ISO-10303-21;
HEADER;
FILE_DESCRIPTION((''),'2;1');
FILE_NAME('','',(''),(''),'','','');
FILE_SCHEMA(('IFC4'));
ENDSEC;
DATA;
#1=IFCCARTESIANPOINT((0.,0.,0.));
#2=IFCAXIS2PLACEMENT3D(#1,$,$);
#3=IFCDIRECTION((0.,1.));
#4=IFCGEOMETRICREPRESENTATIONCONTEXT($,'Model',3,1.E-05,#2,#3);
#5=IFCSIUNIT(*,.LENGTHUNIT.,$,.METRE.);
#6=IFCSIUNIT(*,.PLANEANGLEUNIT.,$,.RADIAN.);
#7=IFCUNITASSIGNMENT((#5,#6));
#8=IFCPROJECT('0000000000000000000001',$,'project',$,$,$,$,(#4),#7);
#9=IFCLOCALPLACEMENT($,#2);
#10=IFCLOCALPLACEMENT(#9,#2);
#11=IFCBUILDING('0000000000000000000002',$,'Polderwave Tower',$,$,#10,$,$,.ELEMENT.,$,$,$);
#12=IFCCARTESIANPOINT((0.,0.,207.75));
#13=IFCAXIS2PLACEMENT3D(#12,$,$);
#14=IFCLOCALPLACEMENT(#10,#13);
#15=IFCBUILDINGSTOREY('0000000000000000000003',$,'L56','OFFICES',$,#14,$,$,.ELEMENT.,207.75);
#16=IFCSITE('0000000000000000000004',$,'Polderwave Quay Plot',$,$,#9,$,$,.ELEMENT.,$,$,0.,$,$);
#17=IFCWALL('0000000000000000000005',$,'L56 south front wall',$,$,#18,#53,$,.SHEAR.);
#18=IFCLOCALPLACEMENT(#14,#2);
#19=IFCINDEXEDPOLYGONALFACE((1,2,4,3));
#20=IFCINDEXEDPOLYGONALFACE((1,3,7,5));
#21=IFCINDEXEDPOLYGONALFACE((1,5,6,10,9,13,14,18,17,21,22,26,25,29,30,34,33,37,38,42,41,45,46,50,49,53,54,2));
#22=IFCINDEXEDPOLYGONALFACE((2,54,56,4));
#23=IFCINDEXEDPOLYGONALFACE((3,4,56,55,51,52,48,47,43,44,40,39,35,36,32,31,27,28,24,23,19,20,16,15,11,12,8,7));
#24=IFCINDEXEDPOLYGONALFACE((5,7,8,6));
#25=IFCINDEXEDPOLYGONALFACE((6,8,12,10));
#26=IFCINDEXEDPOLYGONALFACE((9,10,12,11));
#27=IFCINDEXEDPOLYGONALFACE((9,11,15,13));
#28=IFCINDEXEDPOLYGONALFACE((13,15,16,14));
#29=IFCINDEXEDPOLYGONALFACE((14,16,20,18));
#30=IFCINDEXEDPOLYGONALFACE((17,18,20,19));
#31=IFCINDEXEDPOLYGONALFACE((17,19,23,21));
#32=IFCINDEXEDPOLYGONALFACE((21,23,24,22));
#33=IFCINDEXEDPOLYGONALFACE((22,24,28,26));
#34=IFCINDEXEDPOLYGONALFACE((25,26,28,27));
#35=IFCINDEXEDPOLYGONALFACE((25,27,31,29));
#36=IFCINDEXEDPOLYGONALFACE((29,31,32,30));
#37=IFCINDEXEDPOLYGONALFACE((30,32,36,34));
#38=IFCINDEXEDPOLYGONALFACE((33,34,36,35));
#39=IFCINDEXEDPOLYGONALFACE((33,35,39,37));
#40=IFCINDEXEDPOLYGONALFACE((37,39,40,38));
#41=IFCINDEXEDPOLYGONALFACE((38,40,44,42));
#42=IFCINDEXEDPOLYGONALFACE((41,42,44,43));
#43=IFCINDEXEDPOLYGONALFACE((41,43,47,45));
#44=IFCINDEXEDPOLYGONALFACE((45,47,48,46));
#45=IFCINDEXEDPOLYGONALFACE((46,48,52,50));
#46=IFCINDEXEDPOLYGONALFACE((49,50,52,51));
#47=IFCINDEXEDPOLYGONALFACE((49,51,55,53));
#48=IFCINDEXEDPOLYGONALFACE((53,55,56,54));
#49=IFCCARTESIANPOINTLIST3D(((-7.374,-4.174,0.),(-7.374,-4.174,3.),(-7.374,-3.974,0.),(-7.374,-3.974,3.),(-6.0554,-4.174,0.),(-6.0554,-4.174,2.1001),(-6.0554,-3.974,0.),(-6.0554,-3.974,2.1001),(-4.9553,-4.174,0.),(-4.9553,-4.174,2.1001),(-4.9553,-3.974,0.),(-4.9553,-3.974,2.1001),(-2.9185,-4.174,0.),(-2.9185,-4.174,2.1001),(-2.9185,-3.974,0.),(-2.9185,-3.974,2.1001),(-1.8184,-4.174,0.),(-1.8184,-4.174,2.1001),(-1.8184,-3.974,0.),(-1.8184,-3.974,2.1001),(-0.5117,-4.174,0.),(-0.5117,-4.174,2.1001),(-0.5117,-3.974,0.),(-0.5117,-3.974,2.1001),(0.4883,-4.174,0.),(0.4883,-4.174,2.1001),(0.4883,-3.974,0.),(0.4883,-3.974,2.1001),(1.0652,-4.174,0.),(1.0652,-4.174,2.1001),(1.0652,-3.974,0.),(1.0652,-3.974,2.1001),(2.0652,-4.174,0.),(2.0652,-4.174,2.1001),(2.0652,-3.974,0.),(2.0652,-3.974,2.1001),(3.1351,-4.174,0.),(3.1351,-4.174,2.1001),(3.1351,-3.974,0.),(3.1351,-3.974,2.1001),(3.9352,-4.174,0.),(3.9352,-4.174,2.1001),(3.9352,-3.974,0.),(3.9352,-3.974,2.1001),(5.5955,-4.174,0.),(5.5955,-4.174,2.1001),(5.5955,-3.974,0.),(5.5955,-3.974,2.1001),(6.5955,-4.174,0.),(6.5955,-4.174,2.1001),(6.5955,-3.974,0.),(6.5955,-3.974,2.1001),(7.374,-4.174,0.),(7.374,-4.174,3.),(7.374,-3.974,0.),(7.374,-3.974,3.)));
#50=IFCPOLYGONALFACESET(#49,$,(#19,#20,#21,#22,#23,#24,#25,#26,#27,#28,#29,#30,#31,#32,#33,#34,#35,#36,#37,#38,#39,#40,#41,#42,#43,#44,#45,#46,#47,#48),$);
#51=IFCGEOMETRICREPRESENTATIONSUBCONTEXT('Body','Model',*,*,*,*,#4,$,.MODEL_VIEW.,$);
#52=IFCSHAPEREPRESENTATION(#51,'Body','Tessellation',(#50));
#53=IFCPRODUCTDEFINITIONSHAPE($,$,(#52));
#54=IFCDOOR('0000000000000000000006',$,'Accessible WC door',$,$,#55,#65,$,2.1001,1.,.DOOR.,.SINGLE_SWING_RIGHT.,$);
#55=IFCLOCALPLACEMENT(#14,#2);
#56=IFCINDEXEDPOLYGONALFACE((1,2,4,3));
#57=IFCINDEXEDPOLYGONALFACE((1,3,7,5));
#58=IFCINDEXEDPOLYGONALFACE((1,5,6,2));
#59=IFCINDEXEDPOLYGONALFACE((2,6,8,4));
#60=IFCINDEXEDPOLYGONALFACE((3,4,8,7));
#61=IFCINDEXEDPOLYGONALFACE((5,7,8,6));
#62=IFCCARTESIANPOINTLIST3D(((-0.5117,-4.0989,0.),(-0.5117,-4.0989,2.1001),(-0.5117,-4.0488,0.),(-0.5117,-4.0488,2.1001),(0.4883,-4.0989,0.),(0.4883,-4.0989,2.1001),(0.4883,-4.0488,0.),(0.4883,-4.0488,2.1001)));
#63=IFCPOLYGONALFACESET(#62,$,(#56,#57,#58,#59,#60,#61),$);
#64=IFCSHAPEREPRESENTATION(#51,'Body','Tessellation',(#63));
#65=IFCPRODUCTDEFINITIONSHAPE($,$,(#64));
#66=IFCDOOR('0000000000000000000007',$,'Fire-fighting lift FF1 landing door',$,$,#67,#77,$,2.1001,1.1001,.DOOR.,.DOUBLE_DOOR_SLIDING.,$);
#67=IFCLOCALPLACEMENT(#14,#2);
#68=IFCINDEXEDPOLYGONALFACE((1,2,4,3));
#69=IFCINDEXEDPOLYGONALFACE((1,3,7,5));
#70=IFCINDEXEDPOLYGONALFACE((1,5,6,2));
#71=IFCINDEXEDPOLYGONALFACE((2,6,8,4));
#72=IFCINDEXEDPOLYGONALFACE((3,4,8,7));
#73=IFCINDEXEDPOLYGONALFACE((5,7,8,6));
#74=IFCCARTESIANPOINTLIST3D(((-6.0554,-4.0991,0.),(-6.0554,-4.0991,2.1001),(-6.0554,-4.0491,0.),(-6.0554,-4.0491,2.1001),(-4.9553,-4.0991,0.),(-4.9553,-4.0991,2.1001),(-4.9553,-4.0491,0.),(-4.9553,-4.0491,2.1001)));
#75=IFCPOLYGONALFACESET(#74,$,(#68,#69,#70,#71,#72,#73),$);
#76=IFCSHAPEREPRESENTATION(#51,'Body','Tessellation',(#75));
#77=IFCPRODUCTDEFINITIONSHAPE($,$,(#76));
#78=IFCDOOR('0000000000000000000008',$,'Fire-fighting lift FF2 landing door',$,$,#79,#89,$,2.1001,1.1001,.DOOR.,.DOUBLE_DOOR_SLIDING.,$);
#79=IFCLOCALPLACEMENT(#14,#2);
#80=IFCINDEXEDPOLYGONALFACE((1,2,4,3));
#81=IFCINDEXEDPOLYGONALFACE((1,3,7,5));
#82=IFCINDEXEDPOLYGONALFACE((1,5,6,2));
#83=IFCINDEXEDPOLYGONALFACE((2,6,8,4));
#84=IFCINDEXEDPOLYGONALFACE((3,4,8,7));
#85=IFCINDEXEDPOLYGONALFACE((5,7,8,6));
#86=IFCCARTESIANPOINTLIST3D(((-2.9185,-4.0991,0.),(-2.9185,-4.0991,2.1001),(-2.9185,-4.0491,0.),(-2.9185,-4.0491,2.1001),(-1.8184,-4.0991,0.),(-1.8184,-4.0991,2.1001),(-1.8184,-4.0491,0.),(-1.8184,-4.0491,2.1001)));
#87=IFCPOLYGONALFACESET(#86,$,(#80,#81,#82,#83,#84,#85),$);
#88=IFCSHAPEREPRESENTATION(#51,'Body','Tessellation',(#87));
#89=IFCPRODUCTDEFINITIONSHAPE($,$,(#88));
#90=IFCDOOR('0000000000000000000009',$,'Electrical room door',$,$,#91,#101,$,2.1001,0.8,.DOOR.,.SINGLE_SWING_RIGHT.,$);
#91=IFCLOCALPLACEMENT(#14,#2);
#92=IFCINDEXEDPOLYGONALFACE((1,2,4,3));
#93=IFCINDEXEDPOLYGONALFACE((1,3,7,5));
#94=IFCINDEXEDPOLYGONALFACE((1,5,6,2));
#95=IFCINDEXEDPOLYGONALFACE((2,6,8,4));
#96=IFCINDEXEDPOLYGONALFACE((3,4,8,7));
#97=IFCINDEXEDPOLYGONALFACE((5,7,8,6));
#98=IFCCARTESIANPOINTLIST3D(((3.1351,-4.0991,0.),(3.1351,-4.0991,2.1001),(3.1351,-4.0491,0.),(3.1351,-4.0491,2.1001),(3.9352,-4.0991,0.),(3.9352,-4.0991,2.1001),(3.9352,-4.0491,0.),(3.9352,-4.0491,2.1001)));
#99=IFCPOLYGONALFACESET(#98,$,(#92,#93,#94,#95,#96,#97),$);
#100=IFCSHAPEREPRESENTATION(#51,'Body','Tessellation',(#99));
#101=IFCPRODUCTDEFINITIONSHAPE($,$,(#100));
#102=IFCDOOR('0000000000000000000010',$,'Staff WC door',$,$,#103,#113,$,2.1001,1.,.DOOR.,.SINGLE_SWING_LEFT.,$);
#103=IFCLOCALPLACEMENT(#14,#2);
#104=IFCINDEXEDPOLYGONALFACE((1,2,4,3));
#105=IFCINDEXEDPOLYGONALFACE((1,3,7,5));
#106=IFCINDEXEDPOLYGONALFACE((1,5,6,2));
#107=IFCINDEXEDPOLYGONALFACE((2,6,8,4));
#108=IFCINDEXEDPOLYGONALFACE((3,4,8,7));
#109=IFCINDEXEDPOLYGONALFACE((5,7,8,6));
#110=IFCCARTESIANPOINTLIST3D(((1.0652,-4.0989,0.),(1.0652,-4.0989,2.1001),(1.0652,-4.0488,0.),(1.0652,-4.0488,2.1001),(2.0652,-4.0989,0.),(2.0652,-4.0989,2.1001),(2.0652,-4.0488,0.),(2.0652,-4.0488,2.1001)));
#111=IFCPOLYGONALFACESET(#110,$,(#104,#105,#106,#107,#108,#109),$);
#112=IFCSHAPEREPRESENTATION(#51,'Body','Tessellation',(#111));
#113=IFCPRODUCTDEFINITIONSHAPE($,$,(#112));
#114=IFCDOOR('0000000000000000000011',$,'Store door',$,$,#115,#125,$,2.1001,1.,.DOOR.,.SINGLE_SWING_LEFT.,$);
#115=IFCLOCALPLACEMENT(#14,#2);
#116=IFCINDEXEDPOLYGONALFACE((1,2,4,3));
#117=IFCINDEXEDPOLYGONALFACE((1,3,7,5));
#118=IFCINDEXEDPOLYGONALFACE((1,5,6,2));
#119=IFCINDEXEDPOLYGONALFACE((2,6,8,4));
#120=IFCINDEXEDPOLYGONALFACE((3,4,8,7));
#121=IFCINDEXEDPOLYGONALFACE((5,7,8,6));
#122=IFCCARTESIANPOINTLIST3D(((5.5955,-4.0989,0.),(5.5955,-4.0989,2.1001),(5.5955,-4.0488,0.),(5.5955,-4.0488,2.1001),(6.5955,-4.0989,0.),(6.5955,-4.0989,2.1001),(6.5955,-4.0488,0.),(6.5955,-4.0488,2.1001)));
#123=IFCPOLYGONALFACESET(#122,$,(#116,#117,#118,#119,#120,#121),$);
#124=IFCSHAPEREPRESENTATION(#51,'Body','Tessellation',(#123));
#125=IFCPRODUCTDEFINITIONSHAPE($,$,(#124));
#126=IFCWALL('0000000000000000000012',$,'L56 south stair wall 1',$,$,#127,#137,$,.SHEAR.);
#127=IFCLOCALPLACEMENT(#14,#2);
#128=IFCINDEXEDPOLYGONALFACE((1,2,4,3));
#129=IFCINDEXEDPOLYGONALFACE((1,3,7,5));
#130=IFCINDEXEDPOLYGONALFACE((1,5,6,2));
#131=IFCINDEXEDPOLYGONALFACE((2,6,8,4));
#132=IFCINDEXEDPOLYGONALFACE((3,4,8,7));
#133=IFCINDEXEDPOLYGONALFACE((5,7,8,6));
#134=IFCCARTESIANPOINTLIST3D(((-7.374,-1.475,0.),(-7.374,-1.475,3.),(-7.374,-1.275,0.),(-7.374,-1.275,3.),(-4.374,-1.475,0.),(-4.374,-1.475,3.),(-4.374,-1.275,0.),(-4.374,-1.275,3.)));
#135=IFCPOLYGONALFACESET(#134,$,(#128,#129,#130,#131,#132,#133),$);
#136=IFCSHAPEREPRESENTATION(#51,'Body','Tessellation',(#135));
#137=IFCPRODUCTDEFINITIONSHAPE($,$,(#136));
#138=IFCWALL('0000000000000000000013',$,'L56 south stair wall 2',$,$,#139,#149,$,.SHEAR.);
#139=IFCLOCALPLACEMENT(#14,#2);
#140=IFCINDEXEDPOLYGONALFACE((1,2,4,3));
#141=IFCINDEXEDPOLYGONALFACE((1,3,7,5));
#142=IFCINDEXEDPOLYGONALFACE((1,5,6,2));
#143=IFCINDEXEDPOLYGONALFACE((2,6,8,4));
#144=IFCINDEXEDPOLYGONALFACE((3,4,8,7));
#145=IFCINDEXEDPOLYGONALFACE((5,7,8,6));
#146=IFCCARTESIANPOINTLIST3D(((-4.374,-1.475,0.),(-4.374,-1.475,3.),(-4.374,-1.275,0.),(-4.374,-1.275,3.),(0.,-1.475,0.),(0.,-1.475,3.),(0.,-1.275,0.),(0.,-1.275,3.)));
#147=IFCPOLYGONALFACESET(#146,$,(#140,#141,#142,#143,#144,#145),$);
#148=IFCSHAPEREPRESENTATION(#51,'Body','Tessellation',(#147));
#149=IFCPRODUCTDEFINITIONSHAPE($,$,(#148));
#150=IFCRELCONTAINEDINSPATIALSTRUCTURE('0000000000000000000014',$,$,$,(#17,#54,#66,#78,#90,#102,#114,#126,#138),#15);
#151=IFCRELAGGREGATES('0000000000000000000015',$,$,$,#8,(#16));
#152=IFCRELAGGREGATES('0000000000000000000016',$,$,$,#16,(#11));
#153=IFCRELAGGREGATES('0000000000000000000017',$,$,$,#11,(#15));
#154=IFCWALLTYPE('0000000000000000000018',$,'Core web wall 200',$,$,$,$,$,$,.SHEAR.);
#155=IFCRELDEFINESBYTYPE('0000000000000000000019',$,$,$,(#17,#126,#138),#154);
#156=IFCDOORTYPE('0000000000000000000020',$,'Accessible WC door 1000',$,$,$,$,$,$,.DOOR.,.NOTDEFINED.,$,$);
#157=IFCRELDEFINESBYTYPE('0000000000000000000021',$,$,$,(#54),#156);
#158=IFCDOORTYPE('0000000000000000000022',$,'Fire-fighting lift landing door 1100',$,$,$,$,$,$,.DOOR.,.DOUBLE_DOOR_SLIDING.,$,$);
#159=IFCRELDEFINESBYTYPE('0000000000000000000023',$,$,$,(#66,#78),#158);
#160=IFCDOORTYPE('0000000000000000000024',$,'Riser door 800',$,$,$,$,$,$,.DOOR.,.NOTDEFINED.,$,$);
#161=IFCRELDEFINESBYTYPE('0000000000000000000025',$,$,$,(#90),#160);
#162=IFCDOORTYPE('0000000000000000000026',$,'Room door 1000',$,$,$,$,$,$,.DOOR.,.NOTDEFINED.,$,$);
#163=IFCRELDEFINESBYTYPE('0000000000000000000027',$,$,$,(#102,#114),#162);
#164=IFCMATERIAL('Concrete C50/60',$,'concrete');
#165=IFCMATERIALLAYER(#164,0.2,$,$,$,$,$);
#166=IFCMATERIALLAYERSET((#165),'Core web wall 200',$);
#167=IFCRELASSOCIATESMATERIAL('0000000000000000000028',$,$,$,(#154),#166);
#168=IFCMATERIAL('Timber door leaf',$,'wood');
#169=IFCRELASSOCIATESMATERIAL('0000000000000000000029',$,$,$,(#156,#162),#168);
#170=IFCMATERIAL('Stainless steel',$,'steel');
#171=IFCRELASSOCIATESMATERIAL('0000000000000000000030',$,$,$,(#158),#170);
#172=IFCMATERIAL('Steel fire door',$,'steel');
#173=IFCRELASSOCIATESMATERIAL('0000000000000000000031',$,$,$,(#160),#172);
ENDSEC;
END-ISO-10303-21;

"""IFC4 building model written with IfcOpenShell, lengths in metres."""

from ifc_helpers import new_model, si_unit, direction, frame, frame_2d, origin, place, context, subcontext, project, spatial, rectangle, extrude, material, layer, layer_set, type_object, element, fill, save


model = new_model("IFC4")

# Units and contexts
model_context = context("Model", 3, precision=1e-05, world=origin(), true_north=direction((0.0, 1.0)))
body_context = subcontext(model_context, "Body", "Model", "MODEL_VIEW")
ifc_project = project(units=[si_unit("LENGTHUNIT", "METRE"), si_unit("PLANEANGLEUNIT", "RADIAN")], contexts=[model_context])

# Site, building, storey
site_placement = place(None, origin())
site = spatial("IfcSite", under=ifc_project, at=site_placement, Name="Polderwave Quay Plot", CompositionType="ELEMENT", RefElevation=0.0)
building_placement = place(site_placement, origin())
building = spatial("IfcBuilding", under=site, at=building_placement, Name="Polderwave Tower", CompositionType="ELEMENT")
storey_placement = place(building_placement, frame((0.0, 0.0, 207.75)))
storey = spatial("IfcBuildingStorey", under=building, at=storey_placement, Name="L56", Description="OFFICES", CompositionType="ELEMENT", Elevation=207.75)

# Wall, openings, doors
ifc_material_1 = material(Name="Steel fire door", Category="steel")
ifc_material_2 = material(Name="Concrete C50/60", Category="concrete")
ifc_layer_1 = layer(ifc_material_2, 0.2)
ifc_layer_set_1 = layer_set([ifc_layer_1], Name="Core web wall 200")
wall_type_1 = type_object("IfcWallType", Name="Core web wall 200", PredefinedType="SHEAR", material=ifc_layer_set_1)
wall_1_placement = place(storey_placement, frame((-7.374, -4.074, 0.0), z_axis=(0.0, 0.0, 1.0), x_axis=(1.0, 0.0, 0.0)))
wall_1 = element("IfcWall", 1, at=wall_1_placement, inside=storey, type_object=wall_type_1, Name="L56 south front wall", PredefinedType="SHEAR", context=body_context, shape_type="SweptSolid", body=[
    extrude(rectangle(XDim=14.748, YDim=0.2, at=frame_2d((7.374, 0.0))), origin(), (0.0, 0.0, 1.0), 3.0),
])
opening_1_placement = place(wall_1_placement, frame((1.3186, 0.0, 0.0)))
opening_1 = element("IfcOpeningElement", 2, at=opening_1_placement, cuts=wall_1, PredefinedType="OPENING", context=body_context, shape_type="SweptSolid", body=[
    extrude(rectangle(XDim=1.1001, YDim=2.1001, at=frame_2d((0.55, 1.05))), frame((0.0, 0.1099, 0.0), z_axis=(0.0, -1.0, 0.0), x_axis=(1.0, 0.0, 0.0)), (0.0, 0.0, 1.0), 0.22),
])
opening_2_placement = place(wall_1_placement, frame((4.4556, 0.0, 0.0)))
opening_2 = element("IfcOpeningElement", 3, at=opening_2_placement, cuts=wall_1, PredefinedType="OPENING", context=body_context, shape_type="SweptSolid", body=[
    extrude(rectangle(XDim=1.1001, YDim=2.1001, at=frame_2d((0.55, 1.05))), frame((0.0, 0.1099, 0.0), z_axis=(0.0, -1.0, 0.0), x_axis=(1.0, 0.0, 0.0)), (0.0, 0.0, 1.0), 0.22),
])
opening_3_placement = place(wall_1_placement, frame((6.8623, 0.0, 0.0)))
opening_3 = element("IfcOpeningElement", 4, at=opening_3_placement, cuts=wall_1, PredefinedType="OPENING", context=body_context, shape_type="SweptSolid", body=[
    extrude(rectangle(XDim=1.0, YDim=2.1001, at=frame_2d((0.5, 1.05))), frame((0.0, 0.1099, 0.0), z_axis=(0.0, -1.0, 0.0), x_axis=(1.0, 0.0, 0.0)), (0.0, 0.0, 1.0), 0.22),
])
opening_4_placement = place(wall_1_placement, frame((8.4392, 0.0, 0.0)))
opening_4 = element("IfcOpeningElement", 5, at=opening_4_placement, cuts=wall_1, PredefinedType="OPENING", context=body_context, shape_type="SweptSolid", body=[
    extrude(rectangle(XDim=1.0, YDim=2.1001, at=frame_2d((0.5, 1.05))), frame((0.0, 0.1099, 0.0), z_axis=(0.0, -1.0, 0.0), x_axis=(1.0, 0.0, 0.0)), (0.0, 0.0, 1.0), 0.22),
])
opening_5_placement = place(wall_1_placement, frame((10.5093, 0.0, 0.0)))
opening_5 = element("IfcOpeningElement", 6, at=opening_5_placement, cuts=wall_1, PredefinedType="OPENING", context=body_context, shape_type="SweptSolid", body=[
    extrude(rectangle(XDim=0.8, YDim=2.1001, at=frame_2d((0.3999, 1.05))), frame((0.0, 0.1099, 0.0), z_axis=(0.0, -1.0, 0.0), x_axis=(1.0, 0.0, 0.0)), (0.0, 0.0, 1.0), 0.22),
])
opening_6_placement = place(wall_1_placement, frame((12.9695, 0.0, 0.0)))
opening_6 = element("IfcOpeningElement", 7, at=opening_6_placement, cuts=wall_1, PredefinedType="OPENING", context=body_context, shape_type="SweptSolid", body=[
    extrude(rectangle(XDim=1.0, YDim=2.1001, at=frame_2d((0.5, 1.05))), frame((0.0, 0.1099, 0.0), z_axis=(0.0, -1.0, 0.0), x_axis=(1.0, 0.0, 0.0)), (0.0, 0.0, 1.0), 0.22),
])
ifc_material_3 = material(Name="Timber door leaf", Category="wood")
door_type_1 = type_object("IfcDoorType", Name="Accessible WC door 1000", OperationType="NOTDEFINED", PredefinedType="DOOR", material=ifc_material_3)
door_1_placement = place(opening_3_placement, frame((1.0, 0.0, 0.0), z_axis=(0.0, 0.0, 1.0), x_axis=(-1.0, 0.0, 0.0)))
door_1 = element("IfcDoor", 8, at=door_1_placement, inside=storey, type_object=door_type_1, Name="Accessible WC door", OperationType="SINGLE_SWING_RIGHT", OverallHeight=2.1001, OverallWidth=1.0, PredefinedType="DOOR", context=body_context, shape_type="SweptSolid", body=[
    extrude(rectangle(XDim=1.0, YDim=2.1001, at=frame_2d((0.5, 1.05))), frame((0.0, 0.0249, 0.0), z_axis=(0.0, -1.0, 0.0), x_axis=(1.0, 0.0, 0.0)), (0.0, 0.0, 1.0), 0.05),
])
fill(opening_3, door_1)
ifc_material_4 = material(Name="Stainless steel", Category="steel")
door_type_2 = type_object("IfcDoorType", Name="Fire-fighting lift landing door 1100", OperationType="DOUBLE_DOOR_SLIDING", PredefinedType="DOOR", material=ifc_material_4)
door_2_placement = place(opening_1_placement, origin())
door_2 = element("IfcDoor", 9, at=door_2_placement, inside=storey, type_object=door_type_2, Name="Fire-fighting lift FF1 landing door", OperationType="DOUBLE_DOOR_SLIDING", OverallHeight=2.1001, OverallWidth=1.1001, PredefinedType="DOOR", context=body_context, shape_type="SweptSolid", body=[
    extrude(rectangle(XDim=1.1001, YDim=2.1001, at=frame_2d((0.55, 1.05))), frame((0.0, 0.0249, 0.0), z_axis=(0.0, -1.0, 0.0), x_axis=(1.0, 0.0, 0.0)), (0.0, 0.0, 1.0), 0.05),
])
fill(opening_1, door_2)
door_3_placement = place(opening_2_placement, origin())
door_3 = element("IfcDoor", 10, at=door_3_placement, inside=storey, type_object=door_type_2, Name="Fire-fighting lift FF2 landing door", OperationType="DOUBLE_DOOR_SLIDING", OverallHeight=2.1001, OverallWidth=1.1001, PredefinedType="DOOR", context=body_context, shape_type="SweptSolid", body=[
    extrude(rectangle(XDim=1.1001, YDim=2.1001, at=frame_2d((0.55, 1.05))), frame((0.0, 0.0249, 0.0), z_axis=(0.0, -1.0, 0.0), x_axis=(1.0, 0.0, 0.0)), (0.0, 0.0, 1.0), 0.05),
])
fill(opening_2, door_3)
door_type_3 = type_object("IfcDoorType", Name="Riser door 800", OperationType="NOTDEFINED", PredefinedType="DOOR", material=ifc_material_1)
door_4_placement = place(opening_5_placement, origin())
door_4 = element("IfcDoor", 11, at=door_4_placement, inside=storey, type_object=door_type_3, Name="Electrical room door", OperationType="SINGLE_SWING_RIGHT", OverallHeight=2.1001, OverallWidth=0.8, PredefinedType="DOOR", context=body_context, shape_type="SweptSolid", body=[
    extrude(rectangle(XDim=0.8, YDim=2.1001, at=frame_2d((0.3999, 1.05))), frame((0.0, 0.0249, 0.0), z_axis=(0.0, -1.0, 0.0), x_axis=(1.0, 0.0, 0.0)), (0.0, 0.0, 1.0), 0.05),
])
fill(opening_5, door_4)
door_type_4 = type_object("IfcDoorType", Name="Room door 1000", OperationType="NOTDEFINED", PredefinedType="DOOR", material=ifc_material_3)
door_5_placement = place(opening_4_placement, frame((1.0, 0.0, 0.0), z_axis=(0.0, 0.0, 1.0), x_axis=(-1.0, 0.0, 0.0)))
door_5 = element("IfcDoor", 12, at=door_5_placement, inside=storey, type_object=door_type_4, Name="Staff WC door", OperationType="SINGLE_SWING_LEFT", OverallHeight=2.1001, OverallWidth=1.0, PredefinedType="DOOR", context=body_context, shape_type="SweptSolid", body=[
    extrude(rectangle(XDim=1.0, YDim=2.1001, at=frame_2d((0.5, 1.05))), frame((0.0, 0.0249, 0.0), z_axis=(0.0, -1.0, 0.0), x_axis=(1.0, 0.0, 0.0)), (0.0, 0.0, 1.0), 0.05),
])
fill(opening_4, door_5)
door_6_placement = place(opening_6_placement, frame((1.0, 0.0, 0.0), z_axis=(0.0, 0.0, 1.0), x_axis=(-1.0, 0.0, 0.0)))
door_6 = element("IfcDoor", 13, at=door_6_placement, inside=storey, type_object=door_type_4, Name="Store door", OperationType="SINGLE_SWING_LEFT", OverallHeight=2.1001, OverallWidth=1.0, PredefinedType="DOOR", context=body_context, shape_type="SweptSolid", body=[
    extrude(rectangle(XDim=1.0, YDim=2.1001, at=frame_2d((0.5, 1.05))), frame((0.0, 0.0249, 0.0), z_axis=(0.0, -1.0, 0.0), x_axis=(1.0, 0.0, 0.0)), (0.0, 0.0, 1.0), 0.05),
])
fill(opening_6, door_6)

# Walls
wall_2_placement = place(storey_placement, frame((-7.374, -1.375, 0.0), z_axis=(0.0, 0.0, 1.0), x_axis=(1.0, 0.0, 0.0)))
element("IfcWall", 14, at=wall_2_placement, inside=storey, type_object=wall_type_1, Name="L56 south stair wall 1", PredefinedType="SHEAR", context=body_context, shape_type="SweptSolid", body=[
    extrude(rectangle(XDim=3.0, YDim=0.2, at=frame_2d((1.5, 0.0))), origin(), (0.0, 0.0, 1.0), 3.0),
])
wall_3_placement = place(storey_placement, frame((-4.374, -1.375, 0.0), z_axis=(0.0, 0.0, 1.0), x_axis=(1.0, 0.0, 0.0)))
element("IfcWall", 15, at=wall_3_placement, inside=storey, type_object=wall_type_1, Name="L56 south stair wall 2", PredefinedType="SHEAR", context=body_context, shape_type="SweptSolid", body=[
    extrude(rectangle(XDim=4.374, YDim=0.2, at=frame_2d((2.187, 0.0))), origin(), (0.0, 0.0, 1.0), 3.0),
])

save(model, "model.ifc")
